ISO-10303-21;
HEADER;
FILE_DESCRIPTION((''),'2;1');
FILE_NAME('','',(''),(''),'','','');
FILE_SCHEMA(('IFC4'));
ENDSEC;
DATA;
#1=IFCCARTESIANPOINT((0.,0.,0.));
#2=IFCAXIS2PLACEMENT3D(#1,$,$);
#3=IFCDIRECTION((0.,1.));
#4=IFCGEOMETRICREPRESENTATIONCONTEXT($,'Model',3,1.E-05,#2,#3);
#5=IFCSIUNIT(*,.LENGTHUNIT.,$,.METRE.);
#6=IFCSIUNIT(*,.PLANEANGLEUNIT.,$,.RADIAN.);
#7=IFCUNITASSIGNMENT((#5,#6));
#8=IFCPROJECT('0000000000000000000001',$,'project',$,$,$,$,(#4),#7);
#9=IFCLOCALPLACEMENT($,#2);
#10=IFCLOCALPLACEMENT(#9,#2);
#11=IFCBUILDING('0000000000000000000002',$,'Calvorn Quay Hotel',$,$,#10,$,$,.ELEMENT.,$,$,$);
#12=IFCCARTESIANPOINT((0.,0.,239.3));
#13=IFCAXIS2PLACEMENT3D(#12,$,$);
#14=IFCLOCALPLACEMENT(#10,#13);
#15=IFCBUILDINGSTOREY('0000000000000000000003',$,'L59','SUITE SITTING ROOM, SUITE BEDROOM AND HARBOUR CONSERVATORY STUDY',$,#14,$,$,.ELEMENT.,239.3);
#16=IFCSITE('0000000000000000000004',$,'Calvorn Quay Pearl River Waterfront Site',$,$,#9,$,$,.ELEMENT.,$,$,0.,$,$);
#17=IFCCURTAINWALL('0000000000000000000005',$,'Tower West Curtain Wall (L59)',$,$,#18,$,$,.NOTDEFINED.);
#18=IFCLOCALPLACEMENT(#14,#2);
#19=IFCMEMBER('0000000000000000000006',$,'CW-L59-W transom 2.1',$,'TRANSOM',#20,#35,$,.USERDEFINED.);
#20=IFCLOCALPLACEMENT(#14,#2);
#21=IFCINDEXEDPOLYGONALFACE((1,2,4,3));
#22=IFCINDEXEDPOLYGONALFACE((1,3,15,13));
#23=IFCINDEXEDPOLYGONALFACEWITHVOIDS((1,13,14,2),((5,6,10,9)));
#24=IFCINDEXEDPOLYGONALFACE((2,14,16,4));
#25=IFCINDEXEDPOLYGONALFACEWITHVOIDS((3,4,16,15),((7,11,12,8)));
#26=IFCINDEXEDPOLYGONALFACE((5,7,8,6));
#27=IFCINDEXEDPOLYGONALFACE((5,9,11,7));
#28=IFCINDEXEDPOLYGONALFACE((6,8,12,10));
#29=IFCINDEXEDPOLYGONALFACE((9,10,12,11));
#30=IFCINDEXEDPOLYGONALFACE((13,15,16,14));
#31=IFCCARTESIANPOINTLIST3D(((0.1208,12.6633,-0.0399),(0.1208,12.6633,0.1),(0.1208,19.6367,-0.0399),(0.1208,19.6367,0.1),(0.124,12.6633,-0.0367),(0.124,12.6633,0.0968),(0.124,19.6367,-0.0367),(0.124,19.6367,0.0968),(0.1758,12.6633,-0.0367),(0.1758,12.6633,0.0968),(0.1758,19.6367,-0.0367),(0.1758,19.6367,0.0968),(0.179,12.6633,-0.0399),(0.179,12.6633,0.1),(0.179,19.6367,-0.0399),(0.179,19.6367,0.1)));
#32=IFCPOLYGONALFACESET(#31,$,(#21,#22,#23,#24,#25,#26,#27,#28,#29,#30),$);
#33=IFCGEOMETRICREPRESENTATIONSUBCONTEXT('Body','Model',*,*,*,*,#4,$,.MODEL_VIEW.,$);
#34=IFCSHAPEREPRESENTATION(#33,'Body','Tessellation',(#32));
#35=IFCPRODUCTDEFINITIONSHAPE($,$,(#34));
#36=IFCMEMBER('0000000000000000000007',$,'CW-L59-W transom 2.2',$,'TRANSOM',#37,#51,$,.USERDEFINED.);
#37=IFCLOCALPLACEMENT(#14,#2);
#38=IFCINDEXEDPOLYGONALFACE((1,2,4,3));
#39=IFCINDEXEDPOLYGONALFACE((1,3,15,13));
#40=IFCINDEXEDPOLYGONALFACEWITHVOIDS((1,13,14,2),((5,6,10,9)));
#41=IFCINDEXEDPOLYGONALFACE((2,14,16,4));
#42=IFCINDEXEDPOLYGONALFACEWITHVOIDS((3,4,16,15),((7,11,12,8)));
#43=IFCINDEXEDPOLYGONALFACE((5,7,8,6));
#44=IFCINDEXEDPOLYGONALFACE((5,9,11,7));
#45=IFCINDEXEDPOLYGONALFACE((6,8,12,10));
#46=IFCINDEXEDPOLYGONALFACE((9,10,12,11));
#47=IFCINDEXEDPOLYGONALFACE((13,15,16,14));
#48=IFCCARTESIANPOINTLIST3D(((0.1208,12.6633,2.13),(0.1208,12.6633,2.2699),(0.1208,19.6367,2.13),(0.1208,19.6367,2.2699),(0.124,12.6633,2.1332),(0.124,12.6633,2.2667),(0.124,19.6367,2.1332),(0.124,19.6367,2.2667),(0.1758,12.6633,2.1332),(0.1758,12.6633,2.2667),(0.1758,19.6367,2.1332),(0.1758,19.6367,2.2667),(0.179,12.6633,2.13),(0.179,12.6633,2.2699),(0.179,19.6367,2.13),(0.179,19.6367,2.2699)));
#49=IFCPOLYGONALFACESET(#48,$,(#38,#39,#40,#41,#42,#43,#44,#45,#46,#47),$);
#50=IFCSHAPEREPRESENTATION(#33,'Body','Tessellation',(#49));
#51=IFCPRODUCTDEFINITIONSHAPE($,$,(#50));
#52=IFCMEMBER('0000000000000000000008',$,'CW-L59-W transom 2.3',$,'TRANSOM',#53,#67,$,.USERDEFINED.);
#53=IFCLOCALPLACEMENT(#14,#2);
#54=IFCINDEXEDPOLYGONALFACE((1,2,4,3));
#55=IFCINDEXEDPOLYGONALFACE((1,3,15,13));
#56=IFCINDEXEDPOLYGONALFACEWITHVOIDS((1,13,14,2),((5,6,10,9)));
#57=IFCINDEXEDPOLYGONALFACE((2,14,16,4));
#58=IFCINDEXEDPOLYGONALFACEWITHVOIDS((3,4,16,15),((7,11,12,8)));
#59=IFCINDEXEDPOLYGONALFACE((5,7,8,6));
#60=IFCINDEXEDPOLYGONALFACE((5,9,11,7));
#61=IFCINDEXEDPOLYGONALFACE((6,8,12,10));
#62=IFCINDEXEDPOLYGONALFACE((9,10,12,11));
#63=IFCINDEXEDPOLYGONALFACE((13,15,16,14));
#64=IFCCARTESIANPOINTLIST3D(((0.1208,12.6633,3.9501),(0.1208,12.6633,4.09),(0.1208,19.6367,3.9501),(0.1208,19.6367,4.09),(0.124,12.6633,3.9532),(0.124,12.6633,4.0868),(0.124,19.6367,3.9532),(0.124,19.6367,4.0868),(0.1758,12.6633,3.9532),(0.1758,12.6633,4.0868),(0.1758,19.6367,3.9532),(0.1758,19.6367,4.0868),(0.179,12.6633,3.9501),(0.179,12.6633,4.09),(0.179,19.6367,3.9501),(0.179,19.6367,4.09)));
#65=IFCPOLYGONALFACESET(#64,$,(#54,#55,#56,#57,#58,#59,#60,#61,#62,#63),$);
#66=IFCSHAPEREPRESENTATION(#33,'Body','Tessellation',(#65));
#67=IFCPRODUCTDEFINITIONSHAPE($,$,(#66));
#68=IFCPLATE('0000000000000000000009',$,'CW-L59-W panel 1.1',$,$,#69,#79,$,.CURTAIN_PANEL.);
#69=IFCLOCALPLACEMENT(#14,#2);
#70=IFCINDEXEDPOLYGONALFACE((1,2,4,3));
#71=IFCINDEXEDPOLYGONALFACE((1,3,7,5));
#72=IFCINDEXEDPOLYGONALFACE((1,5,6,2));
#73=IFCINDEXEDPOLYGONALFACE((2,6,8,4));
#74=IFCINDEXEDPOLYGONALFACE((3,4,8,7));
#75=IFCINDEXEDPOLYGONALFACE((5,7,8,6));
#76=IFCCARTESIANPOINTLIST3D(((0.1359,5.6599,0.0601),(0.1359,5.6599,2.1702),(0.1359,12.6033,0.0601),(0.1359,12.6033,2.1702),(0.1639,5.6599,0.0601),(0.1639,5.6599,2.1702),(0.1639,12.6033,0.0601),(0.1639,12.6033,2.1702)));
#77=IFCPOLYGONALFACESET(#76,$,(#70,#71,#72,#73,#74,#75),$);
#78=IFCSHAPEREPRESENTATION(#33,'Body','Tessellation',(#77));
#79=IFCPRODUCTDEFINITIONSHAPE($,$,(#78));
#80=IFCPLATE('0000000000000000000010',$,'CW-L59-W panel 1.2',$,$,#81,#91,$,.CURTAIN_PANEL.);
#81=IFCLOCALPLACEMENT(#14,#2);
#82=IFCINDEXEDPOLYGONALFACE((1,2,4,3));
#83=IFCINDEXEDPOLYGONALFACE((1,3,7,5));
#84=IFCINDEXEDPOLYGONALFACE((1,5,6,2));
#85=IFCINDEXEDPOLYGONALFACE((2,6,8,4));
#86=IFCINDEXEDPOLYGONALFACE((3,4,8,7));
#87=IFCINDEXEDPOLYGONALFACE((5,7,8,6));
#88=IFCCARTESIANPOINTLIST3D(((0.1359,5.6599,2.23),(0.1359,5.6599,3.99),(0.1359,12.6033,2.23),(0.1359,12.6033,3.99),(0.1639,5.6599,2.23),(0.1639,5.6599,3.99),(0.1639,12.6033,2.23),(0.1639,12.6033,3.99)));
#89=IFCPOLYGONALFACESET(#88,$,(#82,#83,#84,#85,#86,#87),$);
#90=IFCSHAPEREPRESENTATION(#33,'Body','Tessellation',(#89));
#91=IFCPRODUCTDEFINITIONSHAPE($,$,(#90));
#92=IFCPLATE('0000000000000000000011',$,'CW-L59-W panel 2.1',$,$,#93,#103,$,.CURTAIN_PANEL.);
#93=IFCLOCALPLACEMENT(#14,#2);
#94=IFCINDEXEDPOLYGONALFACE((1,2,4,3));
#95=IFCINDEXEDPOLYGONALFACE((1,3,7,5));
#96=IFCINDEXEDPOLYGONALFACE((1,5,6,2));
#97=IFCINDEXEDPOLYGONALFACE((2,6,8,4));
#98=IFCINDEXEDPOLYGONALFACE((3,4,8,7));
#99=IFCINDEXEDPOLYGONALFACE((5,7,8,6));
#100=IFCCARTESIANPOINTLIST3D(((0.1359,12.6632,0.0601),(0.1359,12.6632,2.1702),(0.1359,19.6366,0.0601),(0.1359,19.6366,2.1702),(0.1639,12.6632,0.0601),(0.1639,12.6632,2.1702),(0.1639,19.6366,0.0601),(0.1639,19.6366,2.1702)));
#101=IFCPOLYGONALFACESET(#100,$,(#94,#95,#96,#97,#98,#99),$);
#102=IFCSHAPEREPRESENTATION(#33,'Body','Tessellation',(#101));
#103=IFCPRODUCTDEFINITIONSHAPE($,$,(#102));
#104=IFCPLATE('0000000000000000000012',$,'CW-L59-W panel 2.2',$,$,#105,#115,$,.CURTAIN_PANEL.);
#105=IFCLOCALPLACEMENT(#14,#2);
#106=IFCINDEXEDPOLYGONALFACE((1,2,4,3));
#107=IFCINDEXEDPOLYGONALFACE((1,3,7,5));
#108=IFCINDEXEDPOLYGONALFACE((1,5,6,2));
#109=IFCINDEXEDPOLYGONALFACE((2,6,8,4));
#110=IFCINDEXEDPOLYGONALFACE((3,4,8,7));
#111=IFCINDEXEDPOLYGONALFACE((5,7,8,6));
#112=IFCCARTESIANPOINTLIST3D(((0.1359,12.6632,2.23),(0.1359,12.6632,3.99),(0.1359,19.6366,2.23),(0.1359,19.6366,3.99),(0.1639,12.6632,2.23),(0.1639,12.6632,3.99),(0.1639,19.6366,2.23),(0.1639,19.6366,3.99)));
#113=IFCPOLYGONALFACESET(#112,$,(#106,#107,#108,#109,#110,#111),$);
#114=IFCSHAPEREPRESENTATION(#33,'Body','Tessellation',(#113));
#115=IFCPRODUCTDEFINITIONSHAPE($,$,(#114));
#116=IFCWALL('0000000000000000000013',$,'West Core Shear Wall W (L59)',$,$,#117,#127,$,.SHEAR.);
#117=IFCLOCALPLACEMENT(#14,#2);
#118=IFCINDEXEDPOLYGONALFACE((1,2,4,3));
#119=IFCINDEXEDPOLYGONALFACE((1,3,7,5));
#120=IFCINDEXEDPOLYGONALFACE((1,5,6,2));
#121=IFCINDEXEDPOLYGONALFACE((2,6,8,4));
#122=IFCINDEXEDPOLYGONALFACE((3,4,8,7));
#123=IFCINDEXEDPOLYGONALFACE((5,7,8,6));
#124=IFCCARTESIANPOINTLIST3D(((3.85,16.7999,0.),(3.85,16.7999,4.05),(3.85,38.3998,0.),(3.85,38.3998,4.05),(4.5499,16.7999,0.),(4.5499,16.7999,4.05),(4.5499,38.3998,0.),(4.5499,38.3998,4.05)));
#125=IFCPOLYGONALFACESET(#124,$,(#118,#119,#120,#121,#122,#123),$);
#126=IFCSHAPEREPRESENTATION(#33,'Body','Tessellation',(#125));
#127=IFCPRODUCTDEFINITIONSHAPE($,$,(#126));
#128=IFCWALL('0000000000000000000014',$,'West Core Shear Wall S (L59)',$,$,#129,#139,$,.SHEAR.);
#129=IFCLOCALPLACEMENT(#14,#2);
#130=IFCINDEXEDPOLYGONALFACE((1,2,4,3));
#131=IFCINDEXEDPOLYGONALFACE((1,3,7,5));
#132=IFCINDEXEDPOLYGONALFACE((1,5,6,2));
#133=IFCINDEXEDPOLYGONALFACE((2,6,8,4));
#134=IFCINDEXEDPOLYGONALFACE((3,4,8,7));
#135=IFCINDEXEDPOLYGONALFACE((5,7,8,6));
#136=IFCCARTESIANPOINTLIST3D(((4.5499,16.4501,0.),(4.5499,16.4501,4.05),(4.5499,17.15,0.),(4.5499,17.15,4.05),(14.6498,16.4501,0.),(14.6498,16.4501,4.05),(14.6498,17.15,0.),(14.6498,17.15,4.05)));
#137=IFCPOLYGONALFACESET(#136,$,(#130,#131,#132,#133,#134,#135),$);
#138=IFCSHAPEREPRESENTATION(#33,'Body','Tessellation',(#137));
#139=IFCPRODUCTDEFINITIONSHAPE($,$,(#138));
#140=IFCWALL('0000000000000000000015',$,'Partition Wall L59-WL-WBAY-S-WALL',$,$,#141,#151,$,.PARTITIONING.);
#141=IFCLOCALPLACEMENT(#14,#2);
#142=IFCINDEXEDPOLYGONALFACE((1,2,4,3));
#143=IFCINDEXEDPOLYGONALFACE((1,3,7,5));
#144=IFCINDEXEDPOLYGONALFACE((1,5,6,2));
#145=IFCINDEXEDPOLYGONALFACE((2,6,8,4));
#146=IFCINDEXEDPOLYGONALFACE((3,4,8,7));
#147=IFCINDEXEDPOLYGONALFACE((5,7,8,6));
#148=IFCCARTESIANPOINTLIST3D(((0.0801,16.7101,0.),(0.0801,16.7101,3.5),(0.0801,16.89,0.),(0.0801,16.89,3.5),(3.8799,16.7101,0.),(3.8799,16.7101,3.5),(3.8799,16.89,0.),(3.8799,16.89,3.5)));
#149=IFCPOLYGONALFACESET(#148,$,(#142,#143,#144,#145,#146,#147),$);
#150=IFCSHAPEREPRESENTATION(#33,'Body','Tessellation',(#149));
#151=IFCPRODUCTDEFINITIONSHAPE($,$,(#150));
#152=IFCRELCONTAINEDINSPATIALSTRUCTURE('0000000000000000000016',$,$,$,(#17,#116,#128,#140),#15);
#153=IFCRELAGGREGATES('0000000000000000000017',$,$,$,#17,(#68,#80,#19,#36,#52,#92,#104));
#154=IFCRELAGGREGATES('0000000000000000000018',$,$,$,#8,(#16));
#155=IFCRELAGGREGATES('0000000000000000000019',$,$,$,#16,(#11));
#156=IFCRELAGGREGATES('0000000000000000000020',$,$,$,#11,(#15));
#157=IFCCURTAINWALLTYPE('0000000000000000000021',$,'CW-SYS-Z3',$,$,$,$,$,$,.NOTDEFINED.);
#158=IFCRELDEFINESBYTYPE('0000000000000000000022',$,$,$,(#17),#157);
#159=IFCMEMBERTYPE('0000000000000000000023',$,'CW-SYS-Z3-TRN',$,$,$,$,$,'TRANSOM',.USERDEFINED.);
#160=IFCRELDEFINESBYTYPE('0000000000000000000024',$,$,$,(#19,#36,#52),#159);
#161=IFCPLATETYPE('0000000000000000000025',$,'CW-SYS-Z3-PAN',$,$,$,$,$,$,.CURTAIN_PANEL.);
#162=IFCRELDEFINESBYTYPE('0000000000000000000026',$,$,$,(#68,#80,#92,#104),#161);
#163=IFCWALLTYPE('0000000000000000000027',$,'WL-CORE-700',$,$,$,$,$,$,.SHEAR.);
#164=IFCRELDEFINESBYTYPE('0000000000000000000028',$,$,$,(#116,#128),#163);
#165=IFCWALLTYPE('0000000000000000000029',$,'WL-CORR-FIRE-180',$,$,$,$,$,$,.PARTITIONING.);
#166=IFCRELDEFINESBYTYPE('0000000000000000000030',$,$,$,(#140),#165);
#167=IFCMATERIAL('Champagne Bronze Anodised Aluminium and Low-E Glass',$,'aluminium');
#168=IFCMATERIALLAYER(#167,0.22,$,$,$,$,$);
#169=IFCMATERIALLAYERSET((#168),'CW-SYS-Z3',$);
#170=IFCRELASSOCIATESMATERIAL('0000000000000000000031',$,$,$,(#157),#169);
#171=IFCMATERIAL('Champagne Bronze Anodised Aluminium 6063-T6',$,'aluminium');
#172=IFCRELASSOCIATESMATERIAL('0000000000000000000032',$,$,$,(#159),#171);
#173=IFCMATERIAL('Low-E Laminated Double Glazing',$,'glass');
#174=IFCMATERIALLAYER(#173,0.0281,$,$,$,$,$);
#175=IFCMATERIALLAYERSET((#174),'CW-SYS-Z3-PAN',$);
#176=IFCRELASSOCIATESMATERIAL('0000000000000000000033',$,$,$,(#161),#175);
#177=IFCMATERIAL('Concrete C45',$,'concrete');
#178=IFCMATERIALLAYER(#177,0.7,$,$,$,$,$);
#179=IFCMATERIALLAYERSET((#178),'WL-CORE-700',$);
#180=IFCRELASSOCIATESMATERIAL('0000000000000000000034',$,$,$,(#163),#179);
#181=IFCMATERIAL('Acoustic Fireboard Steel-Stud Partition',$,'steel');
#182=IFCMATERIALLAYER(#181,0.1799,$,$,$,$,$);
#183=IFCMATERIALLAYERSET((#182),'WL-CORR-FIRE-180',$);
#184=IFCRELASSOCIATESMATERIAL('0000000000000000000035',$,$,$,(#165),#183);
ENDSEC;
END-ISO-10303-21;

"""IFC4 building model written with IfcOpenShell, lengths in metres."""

from ifc_helpers import new_model, si_unit, direction, frame, frame_2d, origin, origin_2d, place, context, subcontext, project, spatial, rectangle, hollow_rectangle, extrude, material, layer, layer_set, material_profile, profile_set, type_object, element, aggregate, save


model = new_model("IFC4")

# Units and contexts
model_context = context("Model", 3, precision=1e-05, world=origin(), true_north=direction((0.0, 1.0)))
body_context = subcontext(model_context, "Body", "Model", "MODEL_VIEW")
ifc_project = project(units=[si_unit("LENGTHUNIT", "METRE"), si_unit("PLANEANGLEUNIT", "RADIAN")], contexts=[model_context])

# Site, building, storey
site_placement = place(None, origin())
site = spatial("IfcSite", under=ifc_project, at=site_placement, Name="Calvorn Quay Pearl River Waterfront Site", CompositionType="ELEMENT", RefElevation=0.0)
building_placement = place(site_placement, origin())
building = spatial("IfcBuilding", under=site, at=building_placement, Name="Calvorn Quay Hotel", CompositionType="ELEMENT")
storey_placement = place(building_placement, frame((0.0, 0.0, 239.3)))
storey = spatial("IfcBuildingStorey", under=building, at=storey_placement, Name="L59", Description="SUITE SITTING ROOM, SUITE BEDROOM AND HARBOUR CONSERVATORY STUDY", CompositionType="ELEMENT", Elevation=239.3)

# Curtain wall, members, plates
ifc_material_1 = material(Name="Champagne Bronze Anodised Aluminium and Low-E Glass", Category="aluminium")
ifc_layer_1 = layer(ifc_material_1, 0.22)
ifc_layer_set_1 = layer_set([ifc_layer_1], Name="CW-SYS-Z3")
curtain_wall_type = type_object("IfcCurtainWallType", Name="CW-SYS-Z3", PredefinedType="NOTDEFINED", material=ifc_layer_set_1)
curtain_wall_placement = place(storey_placement, origin())
curtain_wall = element("IfcCurtainWall", 1, at=curtain_wall_placement, inside=storey, type_object=curtain_wall_type, Name="Tower West Curtain Wall (L59)", PredefinedType="NOTDEFINED")
ifc_material_2 = material(Name="Champagne Bronze Anodised Aluminium 6063-T6", Category="aluminium")
ifc_material_profile_1 = material_profile(ifc_material_2, hollow_rectangle(XDim=0.0581, YDim=0.1399, WallThickness=0.0032, at=origin_2d()), Name="ALU-T140x58x3.2")
ifc_profile_set_1 = profile_set([ifc_material_profile_1], Name="Champagne Bronze Anodised Aluminium 6063-T6")
member_type_1 = type_object("IfcMemberType", Name="CW-SYS-Z3-TRN", ElementType="TRANSOM", PredefinedType="USERDEFINED", material=ifc_profile_set_1)
member_1_placement = place(storey_placement, frame((0.1499, 12.6633, 0.03), z_axis=(0.0, 1.0, 0.0), x_axis=(-1.0, 0.0, 0.0)))
member_1 = element("IfcMember", 2, at=member_1_placement, type_object=member_type_1, Name="CW-L59-W transom 2.1", ObjectType="TRANSOM", PredefinedType="USERDEFINED", context=body_context, shape_type="SweptSolid", body=[
    extrude(hollow_rectangle(XDim=0.0581, YDim=0.1399, WallThickness=0.0032, at=origin_2d()), origin(), (0.0, 0.0, 1.0), 6.9734),
])
member_2_placement = place(storey_placement, frame((0.1499, 12.6633, 2.2), z_axis=(0.0, 1.0, 0.0), x_axis=(-1.0, 0.0, 0.0)))
member_2 = element("IfcMember", 3, at=member_2_placement, type_object=member_type_1, Name="CW-L59-W transom 2.2", ObjectType="TRANSOM", PredefinedType="USERDEFINED", context=body_context, shape_type="SweptSolid", body=[
    extrude(hollow_rectangle(XDim=0.0581, YDim=0.1399, WallThickness=0.0032, at=origin_2d()), origin(), (0.0, 0.0, 1.0), 6.9734),
])
member_3_placement = place(storey_placement, frame((0.1499, 12.6633, 4.02), z_axis=(0.0, 1.0, 0.0), x_axis=(-1.0, 0.0, 0.0)))
member_3 = element("IfcMember", 4, at=member_3_placement, type_object=member_type_1, Name="CW-L59-W transom 2.3", ObjectType="TRANSOM", PredefinedType="USERDEFINED", context=body_context, shape_type="SweptSolid", body=[
    extrude(hollow_rectangle(XDim=0.0581, YDim=0.1399, WallThickness=0.0032, at=origin_2d()), origin(), (0.0, 0.0, 1.0), 6.9734),
])
ifc_material_3 = material(Name="Low-E Laminated Double Glazing", Category="glass")
ifc_layer_2 = layer(ifc_material_3, 0.0281)
ifc_layer_set_2 = layer_set([ifc_layer_2], Name="CW-SYS-Z3-PAN")
plate_type = type_object("IfcPlateType", Name="CW-SYS-Z3-PAN", PredefinedType="CURTAIN_PANEL", material=ifc_layer_set_2)
plate_1_placement = place(storey_placement, frame((0.1499, 9.1316, 0.0601), z_axis=(0.0, 0.0, 1.0), x_axis=(0.0, 1.0, 0.0)))
plate_1 = element("IfcPlate", 5, at=plate_1_placement, type_object=plate_type, Name="CW-L59-W panel 1.1", PredefinedType="CURTAIN_PANEL", context=body_context, shape_type="SweptSolid", body=[
    extrude(rectangle(XDim=6.9434, YDim=0.0281, at=origin_2d()), origin(), (0.0, 0.0, 1.0), 2.1101),
])
plate_2_placement = place(storey_placement, frame((0.1499, 9.1316, 2.23), z_axis=(0.0, 0.0, 1.0), x_axis=(0.0, 1.0, 0.0)))
plate_2 = element("IfcPlate", 6, at=plate_2_placement, type_object=plate_type, Name="CW-L59-W panel 1.2", PredefinedType="CURTAIN_PANEL", context=body_context, shape_type="SweptSolid", body=[
    extrude(rectangle(XDim=6.9434, YDim=0.0281, at=origin_2d()), origin(), (0.0, 0.0, 1.0), 1.76),
])
plate_3_placement = place(storey_placement, frame((0.1499, 16.1499, 0.0601), z_axis=(0.0, 0.0, 1.0), x_axis=(0.0, 1.0, 0.0)))
plate_3 = element("IfcPlate", 7, at=plate_3_placement, type_object=plate_type, Name="CW-L59-W panel 2.1", PredefinedType="CURTAIN_PANEL", context=body_context, shape_type="SweptSolid", body=[
    extrude(rectangle(XDim=6.9734, YDim=0.0281, at=origin_2d()), origin(), (0.0, 0.0, 1.0), 2.1101),
])
plate_4_placement = place(storey_placement, frame((0.1499, 16.1499, 2.23), z_axis=(0.0, 0.0, 1.0), x_axis=(0.0, 1.0, 0.0)))
plate_4 = element("IfcPlate", 8, at=plate_4_placement, type_object=plate_type, Name="CW-L59-W panel 2.2", PredefinedType="CURTAIN_PANEL", context=body_context, shape_type="SweptSolid", body=[
    extrude(rectangle(XDim=6.9734, YDim=0.0281, at=origin_2d()), origin(), (0.0, 0.0, 1.0), 1.76),
])
aggregate(curtain_wall, [plate_1, plate_2, member_1, member_2, member_3, plate_3, plate_4])

# Walls
ifc_material_4 = material(Name="Concrete C45", Category="concrete")
ifc_layer_3 = layer(ifc_material_4, 0.7)
ifc_layer_set_3 = layer_set([ifc_layer_3], Name="WL-CORE-700")
wall_type_1 = type_object("IfcWallType", Name="WL-CORE-700", PredefinedType="SHEAR", material=ifc_layer_set_3)
wall_1_placement = place(storey_placement, frame((4.2, 16.8, 0.0), z_axis=(0.0, 0.0, 1.0), x_axis=(0.0, 1.0, 0.0)))
element("IfcWall", 9, at=wall_1_placement, inside=storey, type_object=wall_type_1, Name="West Core Shear Wall W (L59)", PredefinedType="SHEAR", context=body_context, shape_type="SweptSolid", body=[
    extrude(rectangle(XDim=21.5999, YDim=0.7, at=frame_2d((10.7998, 0.0))), origin(), (0.0, 0.0, 1.0), 4.05),
])
wall_2_placement = place(storey_placement, frame((4.55, 16.8, 0.0), z_axis=(0.0, 0.0, 1.0), x_axis=(1.0, 0.0, 0.0)))
element("IfcWall", 10, at=wall_2_placement, inside=storey, type_object=wall_type_1, Name="West Core Shear Wall S (L59)", PredefinedType="SHEAR", context=body_context, shape_type="SweptSolid", body=[
    extrude(rectangle(XDim=10.0999, YDim=0.7, at=frame_2d((5.0498, 0.0))), origin(), (0.0, 0.0, 1.0), 4.05),
])
ifc_material_5 = material(Name="Acoustic Fireboard Steel-Stud Partition", Category="steel")
ifc_layer_4 = layer(ifc_material_5, 0.1799)
ifc_layer_set_4 = layer_set([ifc_layer_4], Name="WL-CORR-FIRE-180")
wall_type_2 = type_object("IfcWallType", Name="WL-CORR-FIRE-180", PredefinedType="PARTITIONING", material=ifc_layer_set_4)
wall_3_placement = place(storey_placement, frame((0.0801, 16.8, 0.0), z_axis=(0.0, 0.0, 1.0), x_axis=(1.0, 0.0, 0.0)))
element("IfcWall", 11, at=wall_3_placement, inside=storey, type_object=wall_type_2, Name="Partition Wall L59-WL-WBAY-S-WALL", PredefinedType="PARTITIONING", context=body_context, shape_type="SweptSolid", body=[
    extrude(rectangle(XDim=3.7998, YDim=0.1799, at=frame_2d((1.8999, 0.0))), origin(), (0.0, 0.0, 1.0), 3.5),
])

save(model, "model.ifc")
